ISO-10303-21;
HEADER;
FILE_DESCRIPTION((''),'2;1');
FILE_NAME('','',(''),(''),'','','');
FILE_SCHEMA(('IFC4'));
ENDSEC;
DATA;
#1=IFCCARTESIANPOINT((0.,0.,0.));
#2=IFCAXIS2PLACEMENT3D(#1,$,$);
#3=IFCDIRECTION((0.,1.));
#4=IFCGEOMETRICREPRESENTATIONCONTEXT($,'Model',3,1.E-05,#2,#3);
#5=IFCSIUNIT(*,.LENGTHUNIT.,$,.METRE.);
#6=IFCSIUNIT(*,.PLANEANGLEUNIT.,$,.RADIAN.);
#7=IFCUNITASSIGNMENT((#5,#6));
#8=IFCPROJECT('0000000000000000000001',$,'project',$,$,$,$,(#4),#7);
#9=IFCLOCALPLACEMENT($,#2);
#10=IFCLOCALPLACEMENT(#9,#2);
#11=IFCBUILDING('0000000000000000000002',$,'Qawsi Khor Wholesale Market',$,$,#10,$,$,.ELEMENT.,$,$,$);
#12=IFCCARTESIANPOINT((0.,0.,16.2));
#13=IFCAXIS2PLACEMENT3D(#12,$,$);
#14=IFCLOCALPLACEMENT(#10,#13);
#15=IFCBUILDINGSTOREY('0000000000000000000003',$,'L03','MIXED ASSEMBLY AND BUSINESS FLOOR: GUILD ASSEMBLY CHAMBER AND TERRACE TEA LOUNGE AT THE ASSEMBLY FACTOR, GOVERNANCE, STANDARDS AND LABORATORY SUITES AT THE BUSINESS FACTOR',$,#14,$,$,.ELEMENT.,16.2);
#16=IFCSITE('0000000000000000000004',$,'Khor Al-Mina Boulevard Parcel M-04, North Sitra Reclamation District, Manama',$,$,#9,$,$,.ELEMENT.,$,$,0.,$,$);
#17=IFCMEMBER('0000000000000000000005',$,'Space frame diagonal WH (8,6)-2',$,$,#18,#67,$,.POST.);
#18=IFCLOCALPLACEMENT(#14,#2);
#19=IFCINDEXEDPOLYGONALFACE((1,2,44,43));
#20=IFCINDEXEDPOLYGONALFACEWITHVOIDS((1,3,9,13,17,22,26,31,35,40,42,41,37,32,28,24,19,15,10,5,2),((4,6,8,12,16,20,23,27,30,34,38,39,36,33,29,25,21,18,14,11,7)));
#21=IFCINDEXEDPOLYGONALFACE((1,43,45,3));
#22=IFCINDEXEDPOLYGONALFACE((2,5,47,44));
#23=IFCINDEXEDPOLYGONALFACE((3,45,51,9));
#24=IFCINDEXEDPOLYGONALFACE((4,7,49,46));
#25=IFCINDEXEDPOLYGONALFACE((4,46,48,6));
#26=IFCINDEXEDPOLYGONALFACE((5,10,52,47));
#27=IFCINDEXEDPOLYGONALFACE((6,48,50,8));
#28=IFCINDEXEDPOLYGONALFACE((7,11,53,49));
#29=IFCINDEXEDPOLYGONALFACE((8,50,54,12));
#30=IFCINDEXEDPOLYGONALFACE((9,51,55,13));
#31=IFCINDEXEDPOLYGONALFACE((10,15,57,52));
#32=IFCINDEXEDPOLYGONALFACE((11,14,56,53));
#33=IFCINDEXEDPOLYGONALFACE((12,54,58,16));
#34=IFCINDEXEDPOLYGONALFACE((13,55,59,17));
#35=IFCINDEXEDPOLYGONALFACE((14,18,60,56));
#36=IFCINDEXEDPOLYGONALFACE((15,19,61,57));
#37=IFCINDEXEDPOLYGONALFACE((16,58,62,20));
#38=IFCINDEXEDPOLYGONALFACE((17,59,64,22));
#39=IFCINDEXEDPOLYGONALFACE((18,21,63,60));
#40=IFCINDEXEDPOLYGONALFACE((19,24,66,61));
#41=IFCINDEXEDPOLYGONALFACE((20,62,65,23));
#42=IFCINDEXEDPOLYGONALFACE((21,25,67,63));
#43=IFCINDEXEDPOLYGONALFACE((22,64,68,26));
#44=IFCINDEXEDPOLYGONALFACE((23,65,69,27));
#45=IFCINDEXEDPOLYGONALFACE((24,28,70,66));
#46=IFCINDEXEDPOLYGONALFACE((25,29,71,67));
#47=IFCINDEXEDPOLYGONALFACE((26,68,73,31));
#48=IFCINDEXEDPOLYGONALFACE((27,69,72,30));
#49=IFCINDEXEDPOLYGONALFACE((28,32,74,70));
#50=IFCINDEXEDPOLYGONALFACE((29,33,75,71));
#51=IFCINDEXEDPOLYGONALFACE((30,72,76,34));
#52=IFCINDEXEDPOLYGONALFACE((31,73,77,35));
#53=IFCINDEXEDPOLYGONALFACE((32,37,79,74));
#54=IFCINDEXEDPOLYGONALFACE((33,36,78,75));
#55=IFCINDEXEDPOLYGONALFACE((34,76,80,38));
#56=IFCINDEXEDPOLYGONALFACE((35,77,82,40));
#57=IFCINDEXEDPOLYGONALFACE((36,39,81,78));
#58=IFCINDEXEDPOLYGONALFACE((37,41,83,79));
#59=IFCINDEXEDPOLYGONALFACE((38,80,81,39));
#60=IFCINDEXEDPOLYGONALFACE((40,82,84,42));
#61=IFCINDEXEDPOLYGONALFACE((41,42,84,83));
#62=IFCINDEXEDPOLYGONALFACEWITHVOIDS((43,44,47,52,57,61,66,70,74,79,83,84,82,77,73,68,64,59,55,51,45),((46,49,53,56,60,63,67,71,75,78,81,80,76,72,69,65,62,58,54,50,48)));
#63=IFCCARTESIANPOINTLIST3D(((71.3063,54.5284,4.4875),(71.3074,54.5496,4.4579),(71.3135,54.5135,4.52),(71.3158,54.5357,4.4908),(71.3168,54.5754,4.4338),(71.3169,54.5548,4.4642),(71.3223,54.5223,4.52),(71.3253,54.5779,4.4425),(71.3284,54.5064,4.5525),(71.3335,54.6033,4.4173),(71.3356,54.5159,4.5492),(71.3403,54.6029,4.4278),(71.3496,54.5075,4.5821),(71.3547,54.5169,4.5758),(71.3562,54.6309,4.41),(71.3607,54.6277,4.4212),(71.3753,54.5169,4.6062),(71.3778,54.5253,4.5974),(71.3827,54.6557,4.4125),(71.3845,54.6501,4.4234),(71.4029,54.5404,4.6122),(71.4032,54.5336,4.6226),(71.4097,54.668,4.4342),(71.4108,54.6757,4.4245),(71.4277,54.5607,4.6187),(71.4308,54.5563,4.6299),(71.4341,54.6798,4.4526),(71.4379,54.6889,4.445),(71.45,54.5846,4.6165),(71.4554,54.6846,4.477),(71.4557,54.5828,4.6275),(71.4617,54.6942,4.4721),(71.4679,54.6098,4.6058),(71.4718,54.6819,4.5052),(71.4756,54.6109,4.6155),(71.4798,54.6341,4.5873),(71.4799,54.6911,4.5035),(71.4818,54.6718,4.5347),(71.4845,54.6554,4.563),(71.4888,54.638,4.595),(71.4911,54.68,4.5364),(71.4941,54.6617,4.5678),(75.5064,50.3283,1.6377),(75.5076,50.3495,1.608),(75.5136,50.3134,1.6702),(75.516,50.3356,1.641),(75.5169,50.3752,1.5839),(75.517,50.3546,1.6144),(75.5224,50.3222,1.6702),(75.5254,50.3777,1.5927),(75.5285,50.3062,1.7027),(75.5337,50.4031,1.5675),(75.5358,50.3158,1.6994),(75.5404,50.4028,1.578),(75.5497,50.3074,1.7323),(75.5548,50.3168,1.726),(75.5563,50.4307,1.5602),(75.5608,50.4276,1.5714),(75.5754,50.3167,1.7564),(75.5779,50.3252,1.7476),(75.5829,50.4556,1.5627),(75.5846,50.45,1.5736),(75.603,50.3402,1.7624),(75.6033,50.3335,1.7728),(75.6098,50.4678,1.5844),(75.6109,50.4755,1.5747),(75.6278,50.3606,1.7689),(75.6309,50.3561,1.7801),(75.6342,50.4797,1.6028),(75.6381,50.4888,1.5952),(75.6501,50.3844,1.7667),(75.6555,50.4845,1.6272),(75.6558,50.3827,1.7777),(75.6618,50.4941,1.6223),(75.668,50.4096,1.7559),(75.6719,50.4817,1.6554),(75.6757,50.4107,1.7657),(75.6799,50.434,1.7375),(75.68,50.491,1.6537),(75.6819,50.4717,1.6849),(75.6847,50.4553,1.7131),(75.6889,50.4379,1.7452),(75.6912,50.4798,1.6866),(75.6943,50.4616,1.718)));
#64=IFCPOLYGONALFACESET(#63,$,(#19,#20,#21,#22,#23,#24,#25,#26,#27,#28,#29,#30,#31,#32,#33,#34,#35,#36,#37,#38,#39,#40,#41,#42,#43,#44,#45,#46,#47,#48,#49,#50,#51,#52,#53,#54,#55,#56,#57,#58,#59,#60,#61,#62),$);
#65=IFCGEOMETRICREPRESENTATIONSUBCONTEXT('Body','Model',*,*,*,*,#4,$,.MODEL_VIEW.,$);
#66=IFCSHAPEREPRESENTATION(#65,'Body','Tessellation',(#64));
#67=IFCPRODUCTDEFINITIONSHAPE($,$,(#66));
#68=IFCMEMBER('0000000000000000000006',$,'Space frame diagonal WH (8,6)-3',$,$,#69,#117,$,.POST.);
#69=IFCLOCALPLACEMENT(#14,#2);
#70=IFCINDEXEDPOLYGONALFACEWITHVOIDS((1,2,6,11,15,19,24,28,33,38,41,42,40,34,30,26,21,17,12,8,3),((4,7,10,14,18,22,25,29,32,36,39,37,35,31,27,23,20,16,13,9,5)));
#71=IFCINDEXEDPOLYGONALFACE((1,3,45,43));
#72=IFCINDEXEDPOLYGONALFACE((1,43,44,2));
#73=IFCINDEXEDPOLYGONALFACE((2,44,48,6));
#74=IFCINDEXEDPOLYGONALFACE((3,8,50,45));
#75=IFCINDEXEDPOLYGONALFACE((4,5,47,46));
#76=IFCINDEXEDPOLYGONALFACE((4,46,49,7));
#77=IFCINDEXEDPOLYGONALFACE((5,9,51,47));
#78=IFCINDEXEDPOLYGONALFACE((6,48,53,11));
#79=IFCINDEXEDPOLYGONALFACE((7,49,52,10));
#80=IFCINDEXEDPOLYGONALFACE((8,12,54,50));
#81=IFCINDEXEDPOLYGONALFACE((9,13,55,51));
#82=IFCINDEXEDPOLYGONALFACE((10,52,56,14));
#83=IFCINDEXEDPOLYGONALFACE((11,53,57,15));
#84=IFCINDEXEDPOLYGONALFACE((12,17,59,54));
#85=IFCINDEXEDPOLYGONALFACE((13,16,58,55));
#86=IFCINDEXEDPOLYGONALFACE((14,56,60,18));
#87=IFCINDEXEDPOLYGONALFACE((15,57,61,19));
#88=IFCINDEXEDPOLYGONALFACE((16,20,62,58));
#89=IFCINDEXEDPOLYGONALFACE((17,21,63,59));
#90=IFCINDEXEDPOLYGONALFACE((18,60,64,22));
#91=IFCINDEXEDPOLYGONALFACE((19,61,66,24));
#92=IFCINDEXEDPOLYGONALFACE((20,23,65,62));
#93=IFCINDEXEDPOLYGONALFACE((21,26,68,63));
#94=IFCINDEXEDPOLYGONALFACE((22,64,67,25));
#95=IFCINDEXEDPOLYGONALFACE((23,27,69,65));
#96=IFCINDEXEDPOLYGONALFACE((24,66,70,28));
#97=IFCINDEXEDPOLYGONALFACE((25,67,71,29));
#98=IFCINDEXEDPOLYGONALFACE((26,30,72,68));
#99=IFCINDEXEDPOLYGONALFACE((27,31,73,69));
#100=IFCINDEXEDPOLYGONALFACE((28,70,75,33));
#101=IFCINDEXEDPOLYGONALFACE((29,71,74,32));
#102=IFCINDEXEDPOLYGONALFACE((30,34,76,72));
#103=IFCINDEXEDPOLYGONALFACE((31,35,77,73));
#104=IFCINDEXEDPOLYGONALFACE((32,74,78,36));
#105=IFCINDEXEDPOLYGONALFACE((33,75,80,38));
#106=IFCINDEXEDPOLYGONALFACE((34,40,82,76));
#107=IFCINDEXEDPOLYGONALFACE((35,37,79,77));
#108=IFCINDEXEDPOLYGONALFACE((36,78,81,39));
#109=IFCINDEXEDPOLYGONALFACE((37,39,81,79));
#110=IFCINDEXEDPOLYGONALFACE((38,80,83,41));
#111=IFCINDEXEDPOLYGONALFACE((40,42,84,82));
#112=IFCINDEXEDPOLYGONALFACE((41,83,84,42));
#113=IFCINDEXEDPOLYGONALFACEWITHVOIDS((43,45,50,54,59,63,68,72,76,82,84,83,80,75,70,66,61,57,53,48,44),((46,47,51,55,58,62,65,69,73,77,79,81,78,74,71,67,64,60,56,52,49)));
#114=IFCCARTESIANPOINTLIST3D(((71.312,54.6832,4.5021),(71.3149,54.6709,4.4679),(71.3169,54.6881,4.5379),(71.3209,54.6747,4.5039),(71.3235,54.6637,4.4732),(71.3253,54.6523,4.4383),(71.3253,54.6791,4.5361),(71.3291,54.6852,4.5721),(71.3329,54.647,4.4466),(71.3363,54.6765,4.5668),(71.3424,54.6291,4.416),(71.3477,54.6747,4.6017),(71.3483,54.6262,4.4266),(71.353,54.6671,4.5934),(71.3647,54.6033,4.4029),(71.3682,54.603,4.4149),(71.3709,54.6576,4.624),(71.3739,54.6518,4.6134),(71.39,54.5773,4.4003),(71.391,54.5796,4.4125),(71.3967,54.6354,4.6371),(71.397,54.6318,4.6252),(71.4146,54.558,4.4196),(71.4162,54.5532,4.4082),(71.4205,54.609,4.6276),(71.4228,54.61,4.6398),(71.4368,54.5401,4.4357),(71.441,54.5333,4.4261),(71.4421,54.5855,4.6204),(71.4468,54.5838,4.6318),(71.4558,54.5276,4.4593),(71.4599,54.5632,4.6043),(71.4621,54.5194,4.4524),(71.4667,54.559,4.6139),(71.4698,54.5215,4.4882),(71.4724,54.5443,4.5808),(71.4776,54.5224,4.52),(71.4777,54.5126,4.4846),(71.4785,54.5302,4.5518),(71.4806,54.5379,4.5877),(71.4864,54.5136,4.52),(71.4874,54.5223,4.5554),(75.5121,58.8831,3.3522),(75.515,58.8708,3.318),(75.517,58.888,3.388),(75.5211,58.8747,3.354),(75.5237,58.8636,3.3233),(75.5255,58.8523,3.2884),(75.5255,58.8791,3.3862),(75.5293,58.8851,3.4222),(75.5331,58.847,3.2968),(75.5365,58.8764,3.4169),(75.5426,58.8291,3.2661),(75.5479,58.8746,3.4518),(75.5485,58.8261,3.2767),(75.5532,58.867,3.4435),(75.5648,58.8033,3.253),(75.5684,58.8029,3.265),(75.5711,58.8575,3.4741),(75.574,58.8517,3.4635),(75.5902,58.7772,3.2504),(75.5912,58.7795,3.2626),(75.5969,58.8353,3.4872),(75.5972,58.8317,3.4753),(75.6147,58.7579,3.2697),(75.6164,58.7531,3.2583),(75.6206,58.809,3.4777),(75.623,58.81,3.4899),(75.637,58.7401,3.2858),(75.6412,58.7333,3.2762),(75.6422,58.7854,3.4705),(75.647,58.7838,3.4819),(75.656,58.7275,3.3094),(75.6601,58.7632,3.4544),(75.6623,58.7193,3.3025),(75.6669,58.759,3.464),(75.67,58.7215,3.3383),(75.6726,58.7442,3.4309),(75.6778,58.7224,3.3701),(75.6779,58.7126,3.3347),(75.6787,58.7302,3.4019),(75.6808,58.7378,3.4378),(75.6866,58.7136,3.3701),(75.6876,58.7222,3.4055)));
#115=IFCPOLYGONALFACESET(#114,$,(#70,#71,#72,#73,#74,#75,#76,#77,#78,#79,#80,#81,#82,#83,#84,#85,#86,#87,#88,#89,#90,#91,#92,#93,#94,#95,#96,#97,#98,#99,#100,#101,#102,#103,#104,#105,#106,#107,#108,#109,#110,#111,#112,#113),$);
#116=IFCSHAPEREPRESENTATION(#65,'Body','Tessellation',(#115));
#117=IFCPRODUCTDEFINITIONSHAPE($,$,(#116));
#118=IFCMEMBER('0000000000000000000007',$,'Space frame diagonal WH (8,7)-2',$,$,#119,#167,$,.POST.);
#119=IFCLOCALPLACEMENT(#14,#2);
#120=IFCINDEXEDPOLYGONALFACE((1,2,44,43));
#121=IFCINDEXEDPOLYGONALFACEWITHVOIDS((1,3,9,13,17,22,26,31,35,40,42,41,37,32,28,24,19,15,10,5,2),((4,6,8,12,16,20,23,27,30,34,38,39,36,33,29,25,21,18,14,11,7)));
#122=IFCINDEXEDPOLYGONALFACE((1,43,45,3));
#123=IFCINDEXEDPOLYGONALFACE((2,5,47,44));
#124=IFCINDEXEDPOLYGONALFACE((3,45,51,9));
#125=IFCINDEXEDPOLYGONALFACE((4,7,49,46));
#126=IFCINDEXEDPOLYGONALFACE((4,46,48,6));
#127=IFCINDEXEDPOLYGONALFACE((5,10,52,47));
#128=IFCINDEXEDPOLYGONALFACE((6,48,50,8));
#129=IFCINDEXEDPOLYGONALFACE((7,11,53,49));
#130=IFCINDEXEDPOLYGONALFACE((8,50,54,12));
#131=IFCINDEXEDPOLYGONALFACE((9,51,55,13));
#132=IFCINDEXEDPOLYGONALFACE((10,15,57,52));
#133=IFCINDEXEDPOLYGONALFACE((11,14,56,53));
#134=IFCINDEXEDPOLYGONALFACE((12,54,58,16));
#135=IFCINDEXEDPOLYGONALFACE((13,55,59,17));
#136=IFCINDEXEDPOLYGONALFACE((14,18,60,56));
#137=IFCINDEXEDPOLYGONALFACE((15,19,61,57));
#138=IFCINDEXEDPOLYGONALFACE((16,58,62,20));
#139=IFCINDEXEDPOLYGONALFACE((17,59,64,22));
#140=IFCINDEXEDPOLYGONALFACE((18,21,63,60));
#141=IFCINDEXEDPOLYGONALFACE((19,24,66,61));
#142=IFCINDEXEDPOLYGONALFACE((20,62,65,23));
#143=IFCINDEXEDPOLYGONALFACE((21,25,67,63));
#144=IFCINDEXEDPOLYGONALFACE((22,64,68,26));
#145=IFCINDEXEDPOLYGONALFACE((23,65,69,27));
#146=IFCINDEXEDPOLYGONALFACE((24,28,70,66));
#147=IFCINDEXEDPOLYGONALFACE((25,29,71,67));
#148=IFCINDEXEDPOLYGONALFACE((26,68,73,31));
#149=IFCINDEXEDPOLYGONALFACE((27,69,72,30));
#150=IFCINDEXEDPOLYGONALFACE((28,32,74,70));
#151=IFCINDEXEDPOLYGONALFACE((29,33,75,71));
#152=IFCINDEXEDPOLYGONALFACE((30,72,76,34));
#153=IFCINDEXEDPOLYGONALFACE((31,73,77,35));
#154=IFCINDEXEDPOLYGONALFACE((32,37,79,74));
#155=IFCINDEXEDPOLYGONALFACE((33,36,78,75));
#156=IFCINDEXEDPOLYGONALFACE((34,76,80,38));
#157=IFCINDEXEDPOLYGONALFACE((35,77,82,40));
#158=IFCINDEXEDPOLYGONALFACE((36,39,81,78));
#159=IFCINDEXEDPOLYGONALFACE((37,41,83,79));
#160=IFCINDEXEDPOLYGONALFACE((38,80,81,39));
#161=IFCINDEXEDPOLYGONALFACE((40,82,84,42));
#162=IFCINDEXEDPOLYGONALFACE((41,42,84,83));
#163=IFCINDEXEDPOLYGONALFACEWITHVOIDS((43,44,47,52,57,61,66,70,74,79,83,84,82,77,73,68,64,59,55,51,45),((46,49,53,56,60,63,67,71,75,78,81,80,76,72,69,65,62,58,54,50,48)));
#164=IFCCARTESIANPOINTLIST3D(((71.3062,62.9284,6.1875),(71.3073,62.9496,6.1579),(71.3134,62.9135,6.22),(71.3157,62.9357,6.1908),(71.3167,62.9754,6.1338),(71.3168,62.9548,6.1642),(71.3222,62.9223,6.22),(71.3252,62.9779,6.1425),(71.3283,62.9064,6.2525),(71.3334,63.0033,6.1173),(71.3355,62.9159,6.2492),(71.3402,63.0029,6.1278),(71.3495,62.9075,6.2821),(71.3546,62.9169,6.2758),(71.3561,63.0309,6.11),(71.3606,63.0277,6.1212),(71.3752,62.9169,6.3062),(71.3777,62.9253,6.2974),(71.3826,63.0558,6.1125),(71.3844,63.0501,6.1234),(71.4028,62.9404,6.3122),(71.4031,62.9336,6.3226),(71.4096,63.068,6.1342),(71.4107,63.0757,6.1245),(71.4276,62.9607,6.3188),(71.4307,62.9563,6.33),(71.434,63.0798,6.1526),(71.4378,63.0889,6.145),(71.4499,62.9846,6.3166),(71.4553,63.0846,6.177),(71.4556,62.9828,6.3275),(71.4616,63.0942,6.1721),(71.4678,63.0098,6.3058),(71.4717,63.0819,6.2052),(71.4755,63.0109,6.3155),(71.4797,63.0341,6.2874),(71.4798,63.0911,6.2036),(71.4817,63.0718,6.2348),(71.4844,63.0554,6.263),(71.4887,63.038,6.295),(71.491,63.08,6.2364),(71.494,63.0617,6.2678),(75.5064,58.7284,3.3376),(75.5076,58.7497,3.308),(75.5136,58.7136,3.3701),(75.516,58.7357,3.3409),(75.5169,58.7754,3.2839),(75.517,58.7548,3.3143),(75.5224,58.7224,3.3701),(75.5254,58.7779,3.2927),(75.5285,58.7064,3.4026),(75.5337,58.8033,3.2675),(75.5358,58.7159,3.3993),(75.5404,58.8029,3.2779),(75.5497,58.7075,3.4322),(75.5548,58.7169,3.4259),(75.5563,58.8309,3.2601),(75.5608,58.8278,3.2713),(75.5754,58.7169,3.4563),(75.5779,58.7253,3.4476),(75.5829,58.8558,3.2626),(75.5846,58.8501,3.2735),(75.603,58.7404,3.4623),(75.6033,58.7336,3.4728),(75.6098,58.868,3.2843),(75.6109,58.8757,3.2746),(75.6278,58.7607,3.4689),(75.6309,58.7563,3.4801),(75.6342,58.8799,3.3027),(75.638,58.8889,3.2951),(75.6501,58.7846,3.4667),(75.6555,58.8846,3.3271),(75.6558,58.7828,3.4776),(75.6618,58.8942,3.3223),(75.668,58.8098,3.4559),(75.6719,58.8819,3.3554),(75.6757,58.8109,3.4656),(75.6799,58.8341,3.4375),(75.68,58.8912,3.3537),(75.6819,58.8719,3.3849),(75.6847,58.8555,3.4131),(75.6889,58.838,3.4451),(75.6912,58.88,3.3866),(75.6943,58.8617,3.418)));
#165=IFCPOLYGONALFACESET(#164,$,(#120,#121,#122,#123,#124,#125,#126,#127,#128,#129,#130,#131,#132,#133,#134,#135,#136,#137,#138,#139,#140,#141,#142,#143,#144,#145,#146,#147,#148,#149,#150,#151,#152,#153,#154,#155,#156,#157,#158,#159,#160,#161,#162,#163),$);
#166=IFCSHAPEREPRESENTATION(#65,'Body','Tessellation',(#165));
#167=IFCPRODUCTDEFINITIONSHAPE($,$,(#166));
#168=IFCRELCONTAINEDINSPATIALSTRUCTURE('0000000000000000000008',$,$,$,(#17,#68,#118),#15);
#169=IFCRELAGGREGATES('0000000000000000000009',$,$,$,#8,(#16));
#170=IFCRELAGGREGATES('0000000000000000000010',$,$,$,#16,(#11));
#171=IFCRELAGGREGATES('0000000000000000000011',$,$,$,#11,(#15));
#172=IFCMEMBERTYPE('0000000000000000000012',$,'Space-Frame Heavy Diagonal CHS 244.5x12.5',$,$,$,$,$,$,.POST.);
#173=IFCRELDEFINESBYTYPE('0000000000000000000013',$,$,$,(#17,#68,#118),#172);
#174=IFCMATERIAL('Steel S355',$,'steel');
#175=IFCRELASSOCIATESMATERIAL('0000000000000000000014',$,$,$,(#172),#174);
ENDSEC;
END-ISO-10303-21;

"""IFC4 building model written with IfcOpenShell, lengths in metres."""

from ifc_helpers import new_model, si_unit, direction, frame, origin, origin_2d, place, context, subcontext, project, spatial, hollow_circle, extrude, material, material_profile, profile_set, type_object, element, save


model = new_model("IFC4")

# Units and contexts
model_context = context("Model", 3, precision=1e-05, world=origin(), true_north=direction((0.0, 1.0)))
body_context = subcontext(model_context, "Body", "Model", "MODEL_VIEW")
ifc_project = project(units=[si_unit("LENGTHUNIT", "METRE"), si_unit("PLANEANGLEUNIT", "RADIAN")], contexts=[model_context])

# Site, building, storey
site_placement = place(None, origin())
site = spatial("IfcSite", under=ifc_project, at=site_placement, Name="Khor Al-Mina Boulevard Parcel M-04, North Sitra Reclamation District, Manama", CompositionType="ELEMENT", RefElevation=0.0)
building_placement = place(site_placement, origin())
building = spatial("IfcBuilding", under=site, at=building_placement, Name="Qawsi Khor Wholesale Market", CompositionType="ELEMENT")
storey_placement = place(building_placement, frame((0.0, 0.0, 16.2)))
storey = spatial("IfcBuildingStorey", under=building, at=storey_placement, Name="L03", Description="MIXED ASSEMBLY AND BUSINESS FLOOR: GUILD ASSEMBLY CHAMBER AND TERRACE TEA LOUNGE AT THE ASSEMBLY FACTOR, GOVERNANCE, STANDARDS AND LABORATORY SUITES AT THE BUSINESS FACTOR", CompositionType="ELEMENT", Elevation=16.2)

# Shared definitions
ifc_material_1 = material(Name="Steel S355", Category="steel")

# Members
ifc_material_profile_1 = material_profile(ifc_material_1, hollow_circle(Radius=0.1223, WallThickness=0.0125, at=origin_2d()), Name="CHS 244.5x12.5")
ifc_profile_set_1 = profile_set([ifc_material_profile_1], Name="Steel S355")
member_type_1 = type_object("IfcMemberType", Name="Space-Frame Heavy Diagonal CHS 244.5x12.5", PredefinedType="POST", material=ifc_profile_set_1)
member_1_placement = place(storey_placement, frame((75.6001, 50.3999, 1.6702), z_axis=(-0.637529, 0.637529, 0.432567), x_axis=(-0.707107, -0.707107, 0.0)))
element("IfcMember", 1, at=member_1_placement, inside=storey, type_object=member_type_1, Name="Space frame diagonal WH (8,6)-2", PredefinedType="POST", context=body_context, shape_type="SweptSolid", body=[
    extrude(hollow_circle(Radius=0.1223, WallThickness=0.0125, at=origin_2d()), origin(), (0.0, 0.0, 1.0), 6.5881),
])
member_2_placement = place(storey_placement, frame((75.6001, 58.8, 3.3701), z_axis=(-0.694238, -0.694197, 0.190064), x_axis=(0.707086, -0.707127, 0.0)))
element("IfcMember", 2, at=member_2_placement, inside=storey, type_object=member_type_1, Name="Space frame diagonal WH (8,6)-3", PredefinedType="POST", context=body_context, shape_type="SweptSolid", body=[
    extrude(hollow_circle(Radius=0.1223, WallThickness=0.0125, at=origin_2d()), origin(), (0.0, 0.0, 1.0), 6.05),
])
member_3_placement = place(storey_placement, frame((75.6001, 58.8, 3.3701), z_axis=(-0.637544, 0.637507, 0.432577), x_axis=(-0.707086, -0.707127, 0.0)))
element("IfcMember", 3, at=member_3_placement, inside=storey, type_object=member_type_1, Name="Space frame diagonal WH (8,7)-2", PredefinedType="POST", context=body_context, shape_type="SweptSolid", body=[
    extrude(hollow_circle(Radius=0.1223, WallThickness=0.0125, at=origin_2d()), origin(), (0.0, 0.0, 1.0), 6.5881),
])

save(model, "model.ifc")
